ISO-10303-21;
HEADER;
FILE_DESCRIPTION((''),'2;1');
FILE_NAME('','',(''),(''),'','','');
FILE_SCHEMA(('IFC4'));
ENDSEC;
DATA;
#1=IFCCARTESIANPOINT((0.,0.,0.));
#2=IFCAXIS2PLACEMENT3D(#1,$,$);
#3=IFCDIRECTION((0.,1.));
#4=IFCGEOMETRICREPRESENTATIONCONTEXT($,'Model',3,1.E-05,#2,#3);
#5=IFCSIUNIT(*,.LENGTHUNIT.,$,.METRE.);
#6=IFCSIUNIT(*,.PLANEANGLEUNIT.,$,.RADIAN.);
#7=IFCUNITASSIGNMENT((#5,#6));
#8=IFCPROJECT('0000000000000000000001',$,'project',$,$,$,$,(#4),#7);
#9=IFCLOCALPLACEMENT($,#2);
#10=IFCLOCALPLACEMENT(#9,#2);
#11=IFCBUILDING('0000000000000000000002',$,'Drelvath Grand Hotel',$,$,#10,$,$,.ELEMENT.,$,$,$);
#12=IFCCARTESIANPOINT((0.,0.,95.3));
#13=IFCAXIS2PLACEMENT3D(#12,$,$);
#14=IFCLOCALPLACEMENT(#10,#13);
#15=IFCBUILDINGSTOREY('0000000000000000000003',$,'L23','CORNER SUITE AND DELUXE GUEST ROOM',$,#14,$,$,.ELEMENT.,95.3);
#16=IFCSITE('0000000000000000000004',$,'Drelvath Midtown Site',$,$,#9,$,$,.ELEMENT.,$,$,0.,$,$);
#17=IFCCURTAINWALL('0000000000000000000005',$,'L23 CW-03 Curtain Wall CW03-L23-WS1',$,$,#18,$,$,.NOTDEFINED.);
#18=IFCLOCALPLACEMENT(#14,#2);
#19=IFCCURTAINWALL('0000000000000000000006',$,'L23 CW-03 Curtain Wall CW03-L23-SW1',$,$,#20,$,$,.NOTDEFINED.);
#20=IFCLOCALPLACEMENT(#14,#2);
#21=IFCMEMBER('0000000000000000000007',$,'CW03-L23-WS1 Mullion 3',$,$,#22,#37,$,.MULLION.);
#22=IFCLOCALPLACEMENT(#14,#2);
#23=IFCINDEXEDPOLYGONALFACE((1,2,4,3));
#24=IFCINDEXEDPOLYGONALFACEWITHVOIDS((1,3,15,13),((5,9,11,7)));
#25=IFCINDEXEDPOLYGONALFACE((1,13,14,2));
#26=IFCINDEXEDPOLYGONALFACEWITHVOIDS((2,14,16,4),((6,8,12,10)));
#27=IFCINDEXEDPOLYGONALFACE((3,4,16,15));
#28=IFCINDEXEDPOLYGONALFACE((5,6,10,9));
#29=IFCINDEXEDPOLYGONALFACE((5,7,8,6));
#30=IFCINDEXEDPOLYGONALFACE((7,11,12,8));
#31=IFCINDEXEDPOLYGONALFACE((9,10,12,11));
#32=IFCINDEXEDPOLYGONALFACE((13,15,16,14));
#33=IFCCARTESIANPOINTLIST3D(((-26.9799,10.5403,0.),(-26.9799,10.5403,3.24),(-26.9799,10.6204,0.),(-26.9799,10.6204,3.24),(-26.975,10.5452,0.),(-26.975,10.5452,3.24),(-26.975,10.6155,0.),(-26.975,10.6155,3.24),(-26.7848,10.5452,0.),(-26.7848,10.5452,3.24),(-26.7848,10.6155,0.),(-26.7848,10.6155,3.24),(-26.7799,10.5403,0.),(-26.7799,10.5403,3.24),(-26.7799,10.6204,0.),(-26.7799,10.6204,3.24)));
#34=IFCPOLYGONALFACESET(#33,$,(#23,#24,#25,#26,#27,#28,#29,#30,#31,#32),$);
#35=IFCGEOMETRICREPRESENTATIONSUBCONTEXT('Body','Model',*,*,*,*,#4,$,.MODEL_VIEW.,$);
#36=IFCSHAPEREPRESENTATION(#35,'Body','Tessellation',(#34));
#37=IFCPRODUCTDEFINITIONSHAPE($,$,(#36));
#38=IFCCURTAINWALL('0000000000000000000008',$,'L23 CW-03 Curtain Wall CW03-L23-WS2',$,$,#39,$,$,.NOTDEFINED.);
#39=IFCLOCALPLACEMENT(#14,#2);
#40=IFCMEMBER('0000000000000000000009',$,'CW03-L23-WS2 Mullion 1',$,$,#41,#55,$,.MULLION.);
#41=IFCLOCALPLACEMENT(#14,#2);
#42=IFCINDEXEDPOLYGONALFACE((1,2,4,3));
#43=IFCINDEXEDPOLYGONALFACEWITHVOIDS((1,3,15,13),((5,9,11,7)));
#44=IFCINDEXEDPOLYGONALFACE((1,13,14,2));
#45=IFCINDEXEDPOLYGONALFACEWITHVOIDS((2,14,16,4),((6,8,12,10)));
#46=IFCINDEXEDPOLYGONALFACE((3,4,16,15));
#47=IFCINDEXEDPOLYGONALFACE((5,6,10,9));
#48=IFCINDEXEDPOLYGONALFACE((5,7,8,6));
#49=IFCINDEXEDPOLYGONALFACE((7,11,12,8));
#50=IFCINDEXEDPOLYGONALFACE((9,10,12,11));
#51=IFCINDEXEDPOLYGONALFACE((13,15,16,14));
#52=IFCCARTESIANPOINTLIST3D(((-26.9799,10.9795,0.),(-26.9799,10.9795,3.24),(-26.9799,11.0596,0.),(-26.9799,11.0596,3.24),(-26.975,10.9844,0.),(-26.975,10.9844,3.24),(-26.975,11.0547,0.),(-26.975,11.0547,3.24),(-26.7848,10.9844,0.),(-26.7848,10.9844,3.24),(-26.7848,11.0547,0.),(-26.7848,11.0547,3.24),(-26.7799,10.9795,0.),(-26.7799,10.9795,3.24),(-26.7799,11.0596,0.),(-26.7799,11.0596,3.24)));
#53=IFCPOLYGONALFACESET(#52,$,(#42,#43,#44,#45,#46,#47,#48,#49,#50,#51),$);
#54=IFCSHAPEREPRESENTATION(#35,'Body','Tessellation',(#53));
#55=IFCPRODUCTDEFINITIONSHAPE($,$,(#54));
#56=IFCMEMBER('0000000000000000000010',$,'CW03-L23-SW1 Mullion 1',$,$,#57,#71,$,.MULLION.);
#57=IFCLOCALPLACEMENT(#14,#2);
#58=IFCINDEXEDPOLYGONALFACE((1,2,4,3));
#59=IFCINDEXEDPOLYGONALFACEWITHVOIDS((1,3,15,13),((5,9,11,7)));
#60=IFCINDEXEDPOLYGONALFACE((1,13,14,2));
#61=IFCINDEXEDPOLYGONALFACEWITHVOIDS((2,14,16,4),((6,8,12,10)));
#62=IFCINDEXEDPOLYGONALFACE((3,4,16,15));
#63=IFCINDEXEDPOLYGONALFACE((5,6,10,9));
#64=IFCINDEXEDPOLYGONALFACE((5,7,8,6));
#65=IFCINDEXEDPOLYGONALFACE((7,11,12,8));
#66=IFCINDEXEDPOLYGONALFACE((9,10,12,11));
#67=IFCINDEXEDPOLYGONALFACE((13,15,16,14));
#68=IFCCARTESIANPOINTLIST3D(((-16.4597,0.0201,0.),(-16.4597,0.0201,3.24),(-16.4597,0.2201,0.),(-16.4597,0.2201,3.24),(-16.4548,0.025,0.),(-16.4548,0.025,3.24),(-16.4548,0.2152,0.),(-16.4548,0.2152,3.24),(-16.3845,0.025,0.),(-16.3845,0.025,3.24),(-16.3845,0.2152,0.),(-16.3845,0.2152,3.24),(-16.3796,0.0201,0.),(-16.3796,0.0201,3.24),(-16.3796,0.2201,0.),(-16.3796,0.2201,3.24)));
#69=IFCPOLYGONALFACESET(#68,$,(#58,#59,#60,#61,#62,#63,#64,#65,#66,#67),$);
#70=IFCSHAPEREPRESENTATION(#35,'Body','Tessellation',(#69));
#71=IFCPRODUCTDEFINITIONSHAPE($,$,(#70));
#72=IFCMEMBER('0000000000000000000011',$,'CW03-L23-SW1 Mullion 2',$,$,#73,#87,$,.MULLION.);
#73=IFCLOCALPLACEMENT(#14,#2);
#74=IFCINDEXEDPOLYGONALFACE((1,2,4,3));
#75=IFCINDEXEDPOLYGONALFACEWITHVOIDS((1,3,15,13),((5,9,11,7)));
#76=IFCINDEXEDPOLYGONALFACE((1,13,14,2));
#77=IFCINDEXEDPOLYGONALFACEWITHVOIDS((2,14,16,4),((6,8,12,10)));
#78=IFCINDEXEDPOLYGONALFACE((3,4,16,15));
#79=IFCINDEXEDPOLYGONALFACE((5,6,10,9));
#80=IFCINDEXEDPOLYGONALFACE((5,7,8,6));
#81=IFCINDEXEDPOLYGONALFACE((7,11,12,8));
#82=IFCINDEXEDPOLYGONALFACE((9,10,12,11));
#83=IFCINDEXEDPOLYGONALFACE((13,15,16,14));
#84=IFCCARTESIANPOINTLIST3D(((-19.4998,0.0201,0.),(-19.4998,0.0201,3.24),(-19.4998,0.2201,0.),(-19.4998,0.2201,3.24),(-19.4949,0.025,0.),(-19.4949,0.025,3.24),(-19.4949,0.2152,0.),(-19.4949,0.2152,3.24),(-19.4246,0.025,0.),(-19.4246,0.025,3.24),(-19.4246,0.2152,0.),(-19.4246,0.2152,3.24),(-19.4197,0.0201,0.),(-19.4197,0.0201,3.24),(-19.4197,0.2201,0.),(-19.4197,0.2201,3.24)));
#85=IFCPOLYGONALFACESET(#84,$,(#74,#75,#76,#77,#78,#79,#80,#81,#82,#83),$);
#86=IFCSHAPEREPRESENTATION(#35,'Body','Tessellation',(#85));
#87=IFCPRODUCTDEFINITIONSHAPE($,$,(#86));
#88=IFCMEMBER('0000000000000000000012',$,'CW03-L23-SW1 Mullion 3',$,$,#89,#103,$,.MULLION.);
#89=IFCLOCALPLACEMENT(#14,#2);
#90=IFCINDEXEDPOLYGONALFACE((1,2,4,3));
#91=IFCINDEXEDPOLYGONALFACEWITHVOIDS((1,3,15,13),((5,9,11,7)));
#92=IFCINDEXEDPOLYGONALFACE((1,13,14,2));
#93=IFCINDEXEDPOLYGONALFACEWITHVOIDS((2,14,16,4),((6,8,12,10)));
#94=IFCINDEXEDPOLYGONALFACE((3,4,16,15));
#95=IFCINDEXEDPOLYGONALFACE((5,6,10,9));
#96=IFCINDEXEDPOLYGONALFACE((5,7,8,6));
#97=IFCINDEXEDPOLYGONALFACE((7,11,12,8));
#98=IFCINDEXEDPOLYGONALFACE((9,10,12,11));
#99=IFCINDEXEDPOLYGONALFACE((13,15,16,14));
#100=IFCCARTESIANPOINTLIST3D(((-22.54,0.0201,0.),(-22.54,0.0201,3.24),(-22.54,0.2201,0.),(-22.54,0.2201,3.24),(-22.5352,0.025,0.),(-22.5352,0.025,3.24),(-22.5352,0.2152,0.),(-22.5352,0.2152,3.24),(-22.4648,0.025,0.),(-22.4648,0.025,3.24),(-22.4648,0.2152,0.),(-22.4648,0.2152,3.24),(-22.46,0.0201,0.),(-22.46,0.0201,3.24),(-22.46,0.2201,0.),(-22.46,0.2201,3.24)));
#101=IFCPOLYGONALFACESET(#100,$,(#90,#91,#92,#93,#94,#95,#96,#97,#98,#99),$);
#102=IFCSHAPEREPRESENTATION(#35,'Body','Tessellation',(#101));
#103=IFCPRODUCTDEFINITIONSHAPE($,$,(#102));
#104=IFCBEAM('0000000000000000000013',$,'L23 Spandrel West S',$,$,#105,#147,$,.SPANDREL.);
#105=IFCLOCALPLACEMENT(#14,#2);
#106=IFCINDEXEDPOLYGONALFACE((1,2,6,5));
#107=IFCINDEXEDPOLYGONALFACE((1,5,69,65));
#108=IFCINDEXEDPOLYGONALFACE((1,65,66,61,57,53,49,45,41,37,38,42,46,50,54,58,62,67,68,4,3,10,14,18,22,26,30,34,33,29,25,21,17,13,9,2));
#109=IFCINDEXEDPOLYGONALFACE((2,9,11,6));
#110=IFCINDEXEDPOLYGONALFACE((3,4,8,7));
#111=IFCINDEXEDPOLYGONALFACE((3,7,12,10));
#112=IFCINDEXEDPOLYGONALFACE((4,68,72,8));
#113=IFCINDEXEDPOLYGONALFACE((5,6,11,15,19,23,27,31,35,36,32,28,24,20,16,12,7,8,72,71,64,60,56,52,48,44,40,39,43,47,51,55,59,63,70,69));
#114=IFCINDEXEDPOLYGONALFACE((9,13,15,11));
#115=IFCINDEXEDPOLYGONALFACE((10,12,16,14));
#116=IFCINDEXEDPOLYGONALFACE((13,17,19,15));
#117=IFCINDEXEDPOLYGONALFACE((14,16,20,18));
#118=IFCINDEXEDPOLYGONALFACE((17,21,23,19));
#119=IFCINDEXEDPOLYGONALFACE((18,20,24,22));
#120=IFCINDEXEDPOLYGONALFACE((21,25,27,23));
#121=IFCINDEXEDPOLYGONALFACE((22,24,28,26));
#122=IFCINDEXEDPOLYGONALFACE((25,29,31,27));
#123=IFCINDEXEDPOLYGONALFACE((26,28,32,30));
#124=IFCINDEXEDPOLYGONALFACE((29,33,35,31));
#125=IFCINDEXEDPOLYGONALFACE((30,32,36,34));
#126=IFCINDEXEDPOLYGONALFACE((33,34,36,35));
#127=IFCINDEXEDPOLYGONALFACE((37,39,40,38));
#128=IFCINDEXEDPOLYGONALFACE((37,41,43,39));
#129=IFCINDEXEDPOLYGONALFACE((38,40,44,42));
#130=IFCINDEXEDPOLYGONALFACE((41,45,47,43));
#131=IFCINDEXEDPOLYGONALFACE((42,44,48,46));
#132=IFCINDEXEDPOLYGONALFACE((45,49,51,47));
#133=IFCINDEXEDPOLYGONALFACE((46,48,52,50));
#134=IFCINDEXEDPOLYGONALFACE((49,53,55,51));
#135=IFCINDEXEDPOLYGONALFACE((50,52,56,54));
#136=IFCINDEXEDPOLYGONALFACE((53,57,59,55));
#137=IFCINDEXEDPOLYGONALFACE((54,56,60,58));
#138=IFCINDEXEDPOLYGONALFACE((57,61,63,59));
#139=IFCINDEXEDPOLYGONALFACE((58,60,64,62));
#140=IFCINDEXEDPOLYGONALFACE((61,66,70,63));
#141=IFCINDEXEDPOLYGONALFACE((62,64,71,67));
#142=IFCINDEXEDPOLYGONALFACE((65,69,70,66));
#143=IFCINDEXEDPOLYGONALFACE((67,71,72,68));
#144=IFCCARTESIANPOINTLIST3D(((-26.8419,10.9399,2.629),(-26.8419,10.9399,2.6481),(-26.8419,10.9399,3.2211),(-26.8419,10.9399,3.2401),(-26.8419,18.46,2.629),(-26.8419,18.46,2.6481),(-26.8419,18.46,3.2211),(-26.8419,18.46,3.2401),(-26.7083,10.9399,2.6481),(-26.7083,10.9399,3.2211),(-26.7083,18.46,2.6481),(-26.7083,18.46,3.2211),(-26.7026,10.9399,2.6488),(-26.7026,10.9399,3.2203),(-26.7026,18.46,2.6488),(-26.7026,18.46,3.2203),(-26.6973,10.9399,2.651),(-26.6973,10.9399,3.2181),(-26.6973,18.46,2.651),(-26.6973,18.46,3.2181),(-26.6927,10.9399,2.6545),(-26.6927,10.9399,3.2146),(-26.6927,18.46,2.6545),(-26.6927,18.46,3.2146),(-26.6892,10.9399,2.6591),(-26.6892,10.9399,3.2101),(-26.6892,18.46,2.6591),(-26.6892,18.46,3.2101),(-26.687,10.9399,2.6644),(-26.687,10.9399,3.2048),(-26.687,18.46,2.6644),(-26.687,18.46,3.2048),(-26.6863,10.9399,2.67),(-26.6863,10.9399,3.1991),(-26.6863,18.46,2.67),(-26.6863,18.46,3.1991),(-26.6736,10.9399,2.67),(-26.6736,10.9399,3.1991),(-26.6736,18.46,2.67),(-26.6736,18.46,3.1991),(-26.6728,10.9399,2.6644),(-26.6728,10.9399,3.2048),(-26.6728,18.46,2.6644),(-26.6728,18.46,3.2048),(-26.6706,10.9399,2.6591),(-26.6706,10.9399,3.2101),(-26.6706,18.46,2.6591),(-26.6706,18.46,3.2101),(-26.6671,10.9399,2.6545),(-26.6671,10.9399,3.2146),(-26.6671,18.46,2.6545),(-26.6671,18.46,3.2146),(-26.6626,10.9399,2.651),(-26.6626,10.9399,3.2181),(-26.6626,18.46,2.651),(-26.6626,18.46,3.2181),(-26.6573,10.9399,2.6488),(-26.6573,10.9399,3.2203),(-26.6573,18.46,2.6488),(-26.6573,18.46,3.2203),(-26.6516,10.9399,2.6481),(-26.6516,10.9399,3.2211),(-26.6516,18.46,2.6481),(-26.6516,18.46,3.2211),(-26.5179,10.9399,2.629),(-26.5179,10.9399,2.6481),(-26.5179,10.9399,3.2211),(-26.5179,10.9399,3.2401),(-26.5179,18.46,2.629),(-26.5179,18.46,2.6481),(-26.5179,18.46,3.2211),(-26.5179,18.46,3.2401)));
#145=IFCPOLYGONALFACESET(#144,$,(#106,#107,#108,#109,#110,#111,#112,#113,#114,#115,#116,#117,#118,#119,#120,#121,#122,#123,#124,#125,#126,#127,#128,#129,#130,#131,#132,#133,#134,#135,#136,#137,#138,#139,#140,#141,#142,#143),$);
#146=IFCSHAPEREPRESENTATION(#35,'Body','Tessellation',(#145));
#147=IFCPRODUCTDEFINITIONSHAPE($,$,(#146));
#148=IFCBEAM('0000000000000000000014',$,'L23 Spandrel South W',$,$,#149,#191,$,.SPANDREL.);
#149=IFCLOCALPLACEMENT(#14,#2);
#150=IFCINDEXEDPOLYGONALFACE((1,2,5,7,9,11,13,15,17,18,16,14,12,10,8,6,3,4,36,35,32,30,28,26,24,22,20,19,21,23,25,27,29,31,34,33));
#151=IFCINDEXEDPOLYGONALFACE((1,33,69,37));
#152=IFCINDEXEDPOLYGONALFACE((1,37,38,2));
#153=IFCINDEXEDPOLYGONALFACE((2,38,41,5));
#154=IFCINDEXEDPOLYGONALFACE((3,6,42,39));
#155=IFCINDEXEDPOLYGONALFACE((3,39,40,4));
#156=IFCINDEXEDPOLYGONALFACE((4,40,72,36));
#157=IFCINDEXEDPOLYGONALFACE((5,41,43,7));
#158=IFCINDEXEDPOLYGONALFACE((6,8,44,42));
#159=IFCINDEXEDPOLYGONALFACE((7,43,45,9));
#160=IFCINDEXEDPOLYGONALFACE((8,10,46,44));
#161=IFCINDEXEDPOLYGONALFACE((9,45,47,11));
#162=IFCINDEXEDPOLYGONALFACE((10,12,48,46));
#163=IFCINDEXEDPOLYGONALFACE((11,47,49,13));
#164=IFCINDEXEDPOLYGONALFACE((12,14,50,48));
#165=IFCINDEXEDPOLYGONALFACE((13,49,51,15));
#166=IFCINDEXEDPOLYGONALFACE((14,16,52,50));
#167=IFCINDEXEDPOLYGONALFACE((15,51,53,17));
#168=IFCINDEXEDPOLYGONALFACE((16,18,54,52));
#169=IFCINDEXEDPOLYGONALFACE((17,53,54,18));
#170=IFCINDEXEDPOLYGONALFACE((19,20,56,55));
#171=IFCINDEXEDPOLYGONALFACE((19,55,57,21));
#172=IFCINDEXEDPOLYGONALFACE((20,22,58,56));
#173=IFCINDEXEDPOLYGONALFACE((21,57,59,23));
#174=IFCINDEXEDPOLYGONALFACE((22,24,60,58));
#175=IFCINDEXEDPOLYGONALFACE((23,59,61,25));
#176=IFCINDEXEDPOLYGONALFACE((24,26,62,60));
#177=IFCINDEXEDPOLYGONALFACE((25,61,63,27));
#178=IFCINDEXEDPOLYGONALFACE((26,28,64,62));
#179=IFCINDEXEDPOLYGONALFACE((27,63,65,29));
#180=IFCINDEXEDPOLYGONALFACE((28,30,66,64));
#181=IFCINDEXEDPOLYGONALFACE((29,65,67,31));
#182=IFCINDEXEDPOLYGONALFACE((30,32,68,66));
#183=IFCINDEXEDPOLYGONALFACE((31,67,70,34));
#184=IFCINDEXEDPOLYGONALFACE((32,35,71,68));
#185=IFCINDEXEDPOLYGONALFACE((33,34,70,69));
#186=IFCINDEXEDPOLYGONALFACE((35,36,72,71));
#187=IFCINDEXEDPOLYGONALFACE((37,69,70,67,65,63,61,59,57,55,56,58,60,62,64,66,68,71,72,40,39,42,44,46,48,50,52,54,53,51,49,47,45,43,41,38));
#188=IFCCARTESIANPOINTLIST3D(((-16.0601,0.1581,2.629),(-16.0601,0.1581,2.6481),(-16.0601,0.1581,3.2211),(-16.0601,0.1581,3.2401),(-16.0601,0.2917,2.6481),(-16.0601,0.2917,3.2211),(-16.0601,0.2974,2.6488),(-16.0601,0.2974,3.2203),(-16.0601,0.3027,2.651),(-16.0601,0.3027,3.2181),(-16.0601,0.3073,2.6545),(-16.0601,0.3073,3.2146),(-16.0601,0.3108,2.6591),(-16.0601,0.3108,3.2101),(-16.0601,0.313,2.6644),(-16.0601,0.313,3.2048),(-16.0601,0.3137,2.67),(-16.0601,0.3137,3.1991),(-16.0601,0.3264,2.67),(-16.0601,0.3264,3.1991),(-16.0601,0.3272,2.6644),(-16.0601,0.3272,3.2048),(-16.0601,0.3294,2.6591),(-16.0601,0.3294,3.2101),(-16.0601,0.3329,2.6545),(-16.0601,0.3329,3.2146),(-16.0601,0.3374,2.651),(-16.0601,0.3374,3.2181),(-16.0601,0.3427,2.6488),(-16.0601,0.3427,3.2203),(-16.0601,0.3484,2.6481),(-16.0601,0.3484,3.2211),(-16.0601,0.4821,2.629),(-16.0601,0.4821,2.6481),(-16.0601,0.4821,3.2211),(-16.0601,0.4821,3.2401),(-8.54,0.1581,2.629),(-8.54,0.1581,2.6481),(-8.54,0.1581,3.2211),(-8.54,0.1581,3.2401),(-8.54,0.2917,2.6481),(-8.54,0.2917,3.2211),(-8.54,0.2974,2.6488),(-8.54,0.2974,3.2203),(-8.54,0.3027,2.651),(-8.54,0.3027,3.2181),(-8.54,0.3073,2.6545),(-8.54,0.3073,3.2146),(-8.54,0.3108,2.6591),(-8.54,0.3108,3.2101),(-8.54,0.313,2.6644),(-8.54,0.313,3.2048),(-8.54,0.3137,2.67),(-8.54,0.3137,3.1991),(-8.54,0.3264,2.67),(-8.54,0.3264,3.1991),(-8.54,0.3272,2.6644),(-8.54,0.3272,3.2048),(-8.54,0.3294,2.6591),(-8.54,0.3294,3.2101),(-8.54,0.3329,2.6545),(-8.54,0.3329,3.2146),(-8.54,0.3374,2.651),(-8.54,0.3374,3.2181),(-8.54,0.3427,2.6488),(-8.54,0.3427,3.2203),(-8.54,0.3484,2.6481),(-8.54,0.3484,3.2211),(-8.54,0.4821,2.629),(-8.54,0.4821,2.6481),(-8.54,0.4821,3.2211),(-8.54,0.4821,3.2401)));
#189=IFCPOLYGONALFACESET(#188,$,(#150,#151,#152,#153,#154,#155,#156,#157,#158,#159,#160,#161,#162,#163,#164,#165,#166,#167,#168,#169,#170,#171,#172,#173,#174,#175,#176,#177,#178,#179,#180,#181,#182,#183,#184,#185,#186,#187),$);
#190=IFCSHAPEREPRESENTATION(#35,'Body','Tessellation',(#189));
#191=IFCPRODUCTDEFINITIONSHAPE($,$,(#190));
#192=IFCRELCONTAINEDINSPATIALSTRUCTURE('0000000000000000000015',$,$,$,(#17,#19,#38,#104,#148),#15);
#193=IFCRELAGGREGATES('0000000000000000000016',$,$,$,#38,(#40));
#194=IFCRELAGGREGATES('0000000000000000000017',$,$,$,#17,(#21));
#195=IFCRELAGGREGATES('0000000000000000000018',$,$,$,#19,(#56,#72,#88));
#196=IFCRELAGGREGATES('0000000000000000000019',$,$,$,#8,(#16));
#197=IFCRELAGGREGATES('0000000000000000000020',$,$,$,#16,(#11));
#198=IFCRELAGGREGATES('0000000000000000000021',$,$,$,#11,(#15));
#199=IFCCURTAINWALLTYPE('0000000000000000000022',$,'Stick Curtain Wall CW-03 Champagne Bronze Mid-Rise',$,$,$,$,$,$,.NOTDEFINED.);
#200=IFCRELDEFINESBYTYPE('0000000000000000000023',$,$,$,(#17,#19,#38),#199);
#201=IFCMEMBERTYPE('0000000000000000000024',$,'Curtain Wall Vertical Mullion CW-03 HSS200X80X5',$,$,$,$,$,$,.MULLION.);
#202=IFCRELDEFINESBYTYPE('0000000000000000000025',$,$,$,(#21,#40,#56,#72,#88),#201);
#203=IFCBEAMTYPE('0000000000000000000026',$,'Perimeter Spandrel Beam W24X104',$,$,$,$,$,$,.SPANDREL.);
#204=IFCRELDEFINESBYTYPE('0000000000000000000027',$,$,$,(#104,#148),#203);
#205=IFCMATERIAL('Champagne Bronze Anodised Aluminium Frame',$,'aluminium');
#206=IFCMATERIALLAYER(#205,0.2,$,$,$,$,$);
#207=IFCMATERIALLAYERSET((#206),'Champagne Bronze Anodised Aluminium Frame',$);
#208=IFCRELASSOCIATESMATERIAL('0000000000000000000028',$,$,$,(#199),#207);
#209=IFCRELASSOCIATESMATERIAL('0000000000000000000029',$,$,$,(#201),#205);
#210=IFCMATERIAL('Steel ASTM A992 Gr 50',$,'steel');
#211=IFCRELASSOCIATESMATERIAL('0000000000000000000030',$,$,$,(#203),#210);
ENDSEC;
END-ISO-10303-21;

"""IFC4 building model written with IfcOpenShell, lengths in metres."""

from ifc_helpers import new_model, si_unit, direction, frame, origin, origin_2d, place, context, subcontext, project, spatial, hollow_rectangle, i_section, extrude, material, layer, layer_set, material_profile, profile_set, type_object, element, aggregate, save


model = new_model("IFC4")

# Units and contexts
model_context = context("Model", 3, precision=1e-05, world=origin(), true_north=direction((0.0, 1.0)))
body_context = subcontext(model_context, "Body", "Model", "MODEL_VIEW")
ifc_project = project(units=[si_unit("LENGTHUNIT", "METRE"), si_unit("PLANEANGLEUNIT", "RADIAN")], contexts=[model_context])

# Site, building, storey
site_placement = place(None, origin())
site = spatial("IfcSite", under=ifc_project, at=site_placement, Name="Drelvath Midtown Site", CompositionType="ELEMENT", RefElevation=0.0)
building_placement = place(site_placement, origin())
building = spatial("IfcBuilding", under=site, at=building_placement, Name="Drelvath Grand Hotel", CompositionType="ELEMENT")
storey_placement = place(building_placement, frame((0.0, 0.0, 95.3)))
storey = spatial("IfcBuildingStorey", under=building, at=storey_placement, Name="L23", Description="CORNER SUITE AND DELUXE GUEST ROOM", CompositionType="ELEMENT", Elevation=95.3)

# Curtain walls
ifc_material_1 = material(Name="Champagne Bronze Anodised Aluminium Frame", Category="aluminium")
ifc_layer_1 = layer(ifc_material_1, 0.2)
ifc_layer_set_1 = layer_set([ifc_layer_1], Name="Champagne Bronze Anodised Aluminium Frame")
curtain_wall_type = type_object("IfcCurtainWallType", Name="Stick Curtain Wall CW-03 Champagne Bronze Mid-Rise", PredefinedType="NOTDEFINED", material=ifc_layer_set_1)
curtain_wall_1_placement = place(storey_placement, origin())
curtain_wall_1 = element("IfcCurtainWall", 1, at=curtain_wall_1_placement, inside=storey, type_object=curtain_wall_type, Name="L23 CW-03 Curtain Wall CW03-L23-WS1", PredefinedType="NOTDEFINED")
curtain_wall_2_placement = place(storey_placement, origin())
curtain_wall_2 = element("IfcCurtainWall", 2, at=curtain_wall_2_placement, inside=storey, type_object=curtain_wall_type, Name="L23 CW-03 Curtain Wall CW03-L23-SW1", PredefinedType="NOTDEFINED")

# Member
ifc_material_profile_1 = material_profile(ifc_material_1, hollow_rectangle(XDim=0.0801, YDim=0.2, WallThickness=0.0049, at=origin_2d()), Name="HSS200X80X5")
ifc_profile_set_1 = profile_set([ifc_material_profile_1], Name="Champagne Bronze Anodised Aluminium Frame")
member_type_1 = type_object("IfcMemberType", Name="Curtain Wall Vertical Mullion CW-03 HSS200X80X5", PredefinedType="MULLION", material=ifc_profile_set_1)
member_1_placement = place(storey_placement, frame((-26.8799, 10.5803, 0.0), z_axis=(0.0, 0.0, 1.0), x_axis=(0.0, 1.0, 0.0)))
member_1 = element("IfcMember", 3, at=member_1_placement, type_object=member_type_1, Name="CW03-L23-WS1 Mullion 3", PredefinedType="MULLION", context=body_context, shape_type="SweptSolid", body=[
    extrude(hollow_rectangle(XDim=0.0801, YDim=0.2, WallThickness=0.0049, at=origin_2d()), origin(), (0.0, 0.0, 1.0), 3.24),
])

# Curtain wall, member
curtain_wall_3_placement = place(storey_placement, origin())
curtain_wall_3 = element("IfcCurtainWall", 4, at=curtain_wall_3_placement, inside=storey, type_object=curtain_wall_type, Name="L23 CW-03 Curtain Wall CW03-L23-WS2", PredefinedType="NOTDEFINED")
member_2_placement = place(storey_placement, frame((-26.8799, 11.0195, 0.0), z_axis=(0.0, 0.0, 1.0), x_axis=(0.0, 1.0, 0.0)))
member_2 = element("IfcMember", 5, at=member_2_placement, type_object=member_type_1, Name="CW03-L23-WS2 Mullion 1", PredefinedType="MULLION", context=body_context, shape_type="SweptSolid", body=[
    extrude(hollow_rectangle(XDim=0.0801, YDim=0.2, WallThickness=0.0049, at=origin_2d()), origin(), (0.0, 0.0, 1.0), 3.24),
])
aggregate(curtain_wall_3, [member_2])

# Members
member_3_placement = place(storey_placement, frame((-16.4197, 0.1201, 0.0), z_axis=(0.0, 0.0, 1.0), x_axis=(1.0, 0.0, 0.0)))
member_3 = element("IfcMember", 6, at=member_3_placement, type_object=member_type_1, Name="CW03-L23-SW1 Mullion 1", PredefinedType="MULLION", context=body_context, shape_type="SweptSolid", body=[
    extrude(hollow_rectangle(XDim=0.0801, YDim=0.2, WallThickness=0.0049, at=origin_2d()), origin(), (0.0, 0.0, 1.0), 3.24),
])
member_4_placement = place(storey_placement, frame((-19.4597, 0.1201, 0.0), z_axis=(0.0, 0.0, 1.0), x_axis=(1.0, 0.0, 0.0)))
member_4 = element("IfcMember", 7, at=member_4_placement, type_object=member_type_1, Name="CW03-L23-SW1 Mullion 2", PredefinedType="MULLION", context=body_context, shape_type="SweptSolid", body=[
    extrude(hollow_rectangle(XDim=0.0801, YDim=0.2, WallThickness=0.0049, at=origin_2d()), origin(), (0.0, 0.0, 1.0), 3.24),
])
member_5_placement = place(storey_placement, frame((-22.5, 0.1201, 0.0), z_axis=(0.0, 0.0, 1.0), x_axis=(1.0, 0.0, 0.0)))
member_5 = element("IfcMember", 8, at=member_5_placement, type_object=member_type_1, Name="CW03-L23-SW1 Mullion 3", PredefinedType="MULLION", context=body_context, shape_type="SweptSolid", body=[
    extrude(hollow_rectangle(XDim=0.0801, YDim=0.2, WallThickness=0.0049, at=origin_2d()), origin(), (0.0, 0.0, 1.0), 3.24),
])

# Beams
ifc_material_2 = material(Name="Steel ASTM A992 Gr 50", Category="steel")
ifc_material_profile_2 = material_profile(ifc_material_2, i_section(OverallWidth=0.324, OverallDepth=0.6111, WebThickness=0.0127, FlangeThickness=0.019, FilletRadius=0.022, at=origin_2d()), Name="W24X104")
ifc_profile_set_2 = profile_set([ifc_material_profile_2], Name="Steel ASTM A992 Gr 50")
beam_type_1 = type_object("IfcBeamType", Name="Perimeter Spandrel Beam W24X104", PredefinedType="SPANDREL", material=ifc_profile_set_2)
for number, where, z_axis, x_axis, name in (
    (9, (-26.6799, 10.9399, 2.9346), (0.0, 1.0, 0.0), (-1.0, 0.0, 0.0), "L23 Spandrel West S"),
    (10, (-16.0601, 0.3201, 2.9346), (1.0, 0.0, 0.0), (0.0, 1.0, 0.0), "L23 Spandrel South W"),
):
    element("IfcBeam", number, at=place(storey_placement, frame(where, z_axis=z_axis, x_axis=x_axis)), inside=storey, type_object=beam_type_1, Name=name, PredefinedType="SPANDREL", context=body_context, shape_type="SweptSolid", body=[
        extrude(i_section(OverallWidth=0.324, OverallDepth=0.6111, WebThickness=0.0127, FlangeThickness=0.019, FilletRadius=0.022, at=origin_2d()), origin(), (0.0, 0.0, 1.0), 7.52),
    ])

aggregate(curtain_wall_1, [member_1])
aggregate(curtain_wall_2, [member_3, member_4, member_5])

save(model, "model.ifc")
